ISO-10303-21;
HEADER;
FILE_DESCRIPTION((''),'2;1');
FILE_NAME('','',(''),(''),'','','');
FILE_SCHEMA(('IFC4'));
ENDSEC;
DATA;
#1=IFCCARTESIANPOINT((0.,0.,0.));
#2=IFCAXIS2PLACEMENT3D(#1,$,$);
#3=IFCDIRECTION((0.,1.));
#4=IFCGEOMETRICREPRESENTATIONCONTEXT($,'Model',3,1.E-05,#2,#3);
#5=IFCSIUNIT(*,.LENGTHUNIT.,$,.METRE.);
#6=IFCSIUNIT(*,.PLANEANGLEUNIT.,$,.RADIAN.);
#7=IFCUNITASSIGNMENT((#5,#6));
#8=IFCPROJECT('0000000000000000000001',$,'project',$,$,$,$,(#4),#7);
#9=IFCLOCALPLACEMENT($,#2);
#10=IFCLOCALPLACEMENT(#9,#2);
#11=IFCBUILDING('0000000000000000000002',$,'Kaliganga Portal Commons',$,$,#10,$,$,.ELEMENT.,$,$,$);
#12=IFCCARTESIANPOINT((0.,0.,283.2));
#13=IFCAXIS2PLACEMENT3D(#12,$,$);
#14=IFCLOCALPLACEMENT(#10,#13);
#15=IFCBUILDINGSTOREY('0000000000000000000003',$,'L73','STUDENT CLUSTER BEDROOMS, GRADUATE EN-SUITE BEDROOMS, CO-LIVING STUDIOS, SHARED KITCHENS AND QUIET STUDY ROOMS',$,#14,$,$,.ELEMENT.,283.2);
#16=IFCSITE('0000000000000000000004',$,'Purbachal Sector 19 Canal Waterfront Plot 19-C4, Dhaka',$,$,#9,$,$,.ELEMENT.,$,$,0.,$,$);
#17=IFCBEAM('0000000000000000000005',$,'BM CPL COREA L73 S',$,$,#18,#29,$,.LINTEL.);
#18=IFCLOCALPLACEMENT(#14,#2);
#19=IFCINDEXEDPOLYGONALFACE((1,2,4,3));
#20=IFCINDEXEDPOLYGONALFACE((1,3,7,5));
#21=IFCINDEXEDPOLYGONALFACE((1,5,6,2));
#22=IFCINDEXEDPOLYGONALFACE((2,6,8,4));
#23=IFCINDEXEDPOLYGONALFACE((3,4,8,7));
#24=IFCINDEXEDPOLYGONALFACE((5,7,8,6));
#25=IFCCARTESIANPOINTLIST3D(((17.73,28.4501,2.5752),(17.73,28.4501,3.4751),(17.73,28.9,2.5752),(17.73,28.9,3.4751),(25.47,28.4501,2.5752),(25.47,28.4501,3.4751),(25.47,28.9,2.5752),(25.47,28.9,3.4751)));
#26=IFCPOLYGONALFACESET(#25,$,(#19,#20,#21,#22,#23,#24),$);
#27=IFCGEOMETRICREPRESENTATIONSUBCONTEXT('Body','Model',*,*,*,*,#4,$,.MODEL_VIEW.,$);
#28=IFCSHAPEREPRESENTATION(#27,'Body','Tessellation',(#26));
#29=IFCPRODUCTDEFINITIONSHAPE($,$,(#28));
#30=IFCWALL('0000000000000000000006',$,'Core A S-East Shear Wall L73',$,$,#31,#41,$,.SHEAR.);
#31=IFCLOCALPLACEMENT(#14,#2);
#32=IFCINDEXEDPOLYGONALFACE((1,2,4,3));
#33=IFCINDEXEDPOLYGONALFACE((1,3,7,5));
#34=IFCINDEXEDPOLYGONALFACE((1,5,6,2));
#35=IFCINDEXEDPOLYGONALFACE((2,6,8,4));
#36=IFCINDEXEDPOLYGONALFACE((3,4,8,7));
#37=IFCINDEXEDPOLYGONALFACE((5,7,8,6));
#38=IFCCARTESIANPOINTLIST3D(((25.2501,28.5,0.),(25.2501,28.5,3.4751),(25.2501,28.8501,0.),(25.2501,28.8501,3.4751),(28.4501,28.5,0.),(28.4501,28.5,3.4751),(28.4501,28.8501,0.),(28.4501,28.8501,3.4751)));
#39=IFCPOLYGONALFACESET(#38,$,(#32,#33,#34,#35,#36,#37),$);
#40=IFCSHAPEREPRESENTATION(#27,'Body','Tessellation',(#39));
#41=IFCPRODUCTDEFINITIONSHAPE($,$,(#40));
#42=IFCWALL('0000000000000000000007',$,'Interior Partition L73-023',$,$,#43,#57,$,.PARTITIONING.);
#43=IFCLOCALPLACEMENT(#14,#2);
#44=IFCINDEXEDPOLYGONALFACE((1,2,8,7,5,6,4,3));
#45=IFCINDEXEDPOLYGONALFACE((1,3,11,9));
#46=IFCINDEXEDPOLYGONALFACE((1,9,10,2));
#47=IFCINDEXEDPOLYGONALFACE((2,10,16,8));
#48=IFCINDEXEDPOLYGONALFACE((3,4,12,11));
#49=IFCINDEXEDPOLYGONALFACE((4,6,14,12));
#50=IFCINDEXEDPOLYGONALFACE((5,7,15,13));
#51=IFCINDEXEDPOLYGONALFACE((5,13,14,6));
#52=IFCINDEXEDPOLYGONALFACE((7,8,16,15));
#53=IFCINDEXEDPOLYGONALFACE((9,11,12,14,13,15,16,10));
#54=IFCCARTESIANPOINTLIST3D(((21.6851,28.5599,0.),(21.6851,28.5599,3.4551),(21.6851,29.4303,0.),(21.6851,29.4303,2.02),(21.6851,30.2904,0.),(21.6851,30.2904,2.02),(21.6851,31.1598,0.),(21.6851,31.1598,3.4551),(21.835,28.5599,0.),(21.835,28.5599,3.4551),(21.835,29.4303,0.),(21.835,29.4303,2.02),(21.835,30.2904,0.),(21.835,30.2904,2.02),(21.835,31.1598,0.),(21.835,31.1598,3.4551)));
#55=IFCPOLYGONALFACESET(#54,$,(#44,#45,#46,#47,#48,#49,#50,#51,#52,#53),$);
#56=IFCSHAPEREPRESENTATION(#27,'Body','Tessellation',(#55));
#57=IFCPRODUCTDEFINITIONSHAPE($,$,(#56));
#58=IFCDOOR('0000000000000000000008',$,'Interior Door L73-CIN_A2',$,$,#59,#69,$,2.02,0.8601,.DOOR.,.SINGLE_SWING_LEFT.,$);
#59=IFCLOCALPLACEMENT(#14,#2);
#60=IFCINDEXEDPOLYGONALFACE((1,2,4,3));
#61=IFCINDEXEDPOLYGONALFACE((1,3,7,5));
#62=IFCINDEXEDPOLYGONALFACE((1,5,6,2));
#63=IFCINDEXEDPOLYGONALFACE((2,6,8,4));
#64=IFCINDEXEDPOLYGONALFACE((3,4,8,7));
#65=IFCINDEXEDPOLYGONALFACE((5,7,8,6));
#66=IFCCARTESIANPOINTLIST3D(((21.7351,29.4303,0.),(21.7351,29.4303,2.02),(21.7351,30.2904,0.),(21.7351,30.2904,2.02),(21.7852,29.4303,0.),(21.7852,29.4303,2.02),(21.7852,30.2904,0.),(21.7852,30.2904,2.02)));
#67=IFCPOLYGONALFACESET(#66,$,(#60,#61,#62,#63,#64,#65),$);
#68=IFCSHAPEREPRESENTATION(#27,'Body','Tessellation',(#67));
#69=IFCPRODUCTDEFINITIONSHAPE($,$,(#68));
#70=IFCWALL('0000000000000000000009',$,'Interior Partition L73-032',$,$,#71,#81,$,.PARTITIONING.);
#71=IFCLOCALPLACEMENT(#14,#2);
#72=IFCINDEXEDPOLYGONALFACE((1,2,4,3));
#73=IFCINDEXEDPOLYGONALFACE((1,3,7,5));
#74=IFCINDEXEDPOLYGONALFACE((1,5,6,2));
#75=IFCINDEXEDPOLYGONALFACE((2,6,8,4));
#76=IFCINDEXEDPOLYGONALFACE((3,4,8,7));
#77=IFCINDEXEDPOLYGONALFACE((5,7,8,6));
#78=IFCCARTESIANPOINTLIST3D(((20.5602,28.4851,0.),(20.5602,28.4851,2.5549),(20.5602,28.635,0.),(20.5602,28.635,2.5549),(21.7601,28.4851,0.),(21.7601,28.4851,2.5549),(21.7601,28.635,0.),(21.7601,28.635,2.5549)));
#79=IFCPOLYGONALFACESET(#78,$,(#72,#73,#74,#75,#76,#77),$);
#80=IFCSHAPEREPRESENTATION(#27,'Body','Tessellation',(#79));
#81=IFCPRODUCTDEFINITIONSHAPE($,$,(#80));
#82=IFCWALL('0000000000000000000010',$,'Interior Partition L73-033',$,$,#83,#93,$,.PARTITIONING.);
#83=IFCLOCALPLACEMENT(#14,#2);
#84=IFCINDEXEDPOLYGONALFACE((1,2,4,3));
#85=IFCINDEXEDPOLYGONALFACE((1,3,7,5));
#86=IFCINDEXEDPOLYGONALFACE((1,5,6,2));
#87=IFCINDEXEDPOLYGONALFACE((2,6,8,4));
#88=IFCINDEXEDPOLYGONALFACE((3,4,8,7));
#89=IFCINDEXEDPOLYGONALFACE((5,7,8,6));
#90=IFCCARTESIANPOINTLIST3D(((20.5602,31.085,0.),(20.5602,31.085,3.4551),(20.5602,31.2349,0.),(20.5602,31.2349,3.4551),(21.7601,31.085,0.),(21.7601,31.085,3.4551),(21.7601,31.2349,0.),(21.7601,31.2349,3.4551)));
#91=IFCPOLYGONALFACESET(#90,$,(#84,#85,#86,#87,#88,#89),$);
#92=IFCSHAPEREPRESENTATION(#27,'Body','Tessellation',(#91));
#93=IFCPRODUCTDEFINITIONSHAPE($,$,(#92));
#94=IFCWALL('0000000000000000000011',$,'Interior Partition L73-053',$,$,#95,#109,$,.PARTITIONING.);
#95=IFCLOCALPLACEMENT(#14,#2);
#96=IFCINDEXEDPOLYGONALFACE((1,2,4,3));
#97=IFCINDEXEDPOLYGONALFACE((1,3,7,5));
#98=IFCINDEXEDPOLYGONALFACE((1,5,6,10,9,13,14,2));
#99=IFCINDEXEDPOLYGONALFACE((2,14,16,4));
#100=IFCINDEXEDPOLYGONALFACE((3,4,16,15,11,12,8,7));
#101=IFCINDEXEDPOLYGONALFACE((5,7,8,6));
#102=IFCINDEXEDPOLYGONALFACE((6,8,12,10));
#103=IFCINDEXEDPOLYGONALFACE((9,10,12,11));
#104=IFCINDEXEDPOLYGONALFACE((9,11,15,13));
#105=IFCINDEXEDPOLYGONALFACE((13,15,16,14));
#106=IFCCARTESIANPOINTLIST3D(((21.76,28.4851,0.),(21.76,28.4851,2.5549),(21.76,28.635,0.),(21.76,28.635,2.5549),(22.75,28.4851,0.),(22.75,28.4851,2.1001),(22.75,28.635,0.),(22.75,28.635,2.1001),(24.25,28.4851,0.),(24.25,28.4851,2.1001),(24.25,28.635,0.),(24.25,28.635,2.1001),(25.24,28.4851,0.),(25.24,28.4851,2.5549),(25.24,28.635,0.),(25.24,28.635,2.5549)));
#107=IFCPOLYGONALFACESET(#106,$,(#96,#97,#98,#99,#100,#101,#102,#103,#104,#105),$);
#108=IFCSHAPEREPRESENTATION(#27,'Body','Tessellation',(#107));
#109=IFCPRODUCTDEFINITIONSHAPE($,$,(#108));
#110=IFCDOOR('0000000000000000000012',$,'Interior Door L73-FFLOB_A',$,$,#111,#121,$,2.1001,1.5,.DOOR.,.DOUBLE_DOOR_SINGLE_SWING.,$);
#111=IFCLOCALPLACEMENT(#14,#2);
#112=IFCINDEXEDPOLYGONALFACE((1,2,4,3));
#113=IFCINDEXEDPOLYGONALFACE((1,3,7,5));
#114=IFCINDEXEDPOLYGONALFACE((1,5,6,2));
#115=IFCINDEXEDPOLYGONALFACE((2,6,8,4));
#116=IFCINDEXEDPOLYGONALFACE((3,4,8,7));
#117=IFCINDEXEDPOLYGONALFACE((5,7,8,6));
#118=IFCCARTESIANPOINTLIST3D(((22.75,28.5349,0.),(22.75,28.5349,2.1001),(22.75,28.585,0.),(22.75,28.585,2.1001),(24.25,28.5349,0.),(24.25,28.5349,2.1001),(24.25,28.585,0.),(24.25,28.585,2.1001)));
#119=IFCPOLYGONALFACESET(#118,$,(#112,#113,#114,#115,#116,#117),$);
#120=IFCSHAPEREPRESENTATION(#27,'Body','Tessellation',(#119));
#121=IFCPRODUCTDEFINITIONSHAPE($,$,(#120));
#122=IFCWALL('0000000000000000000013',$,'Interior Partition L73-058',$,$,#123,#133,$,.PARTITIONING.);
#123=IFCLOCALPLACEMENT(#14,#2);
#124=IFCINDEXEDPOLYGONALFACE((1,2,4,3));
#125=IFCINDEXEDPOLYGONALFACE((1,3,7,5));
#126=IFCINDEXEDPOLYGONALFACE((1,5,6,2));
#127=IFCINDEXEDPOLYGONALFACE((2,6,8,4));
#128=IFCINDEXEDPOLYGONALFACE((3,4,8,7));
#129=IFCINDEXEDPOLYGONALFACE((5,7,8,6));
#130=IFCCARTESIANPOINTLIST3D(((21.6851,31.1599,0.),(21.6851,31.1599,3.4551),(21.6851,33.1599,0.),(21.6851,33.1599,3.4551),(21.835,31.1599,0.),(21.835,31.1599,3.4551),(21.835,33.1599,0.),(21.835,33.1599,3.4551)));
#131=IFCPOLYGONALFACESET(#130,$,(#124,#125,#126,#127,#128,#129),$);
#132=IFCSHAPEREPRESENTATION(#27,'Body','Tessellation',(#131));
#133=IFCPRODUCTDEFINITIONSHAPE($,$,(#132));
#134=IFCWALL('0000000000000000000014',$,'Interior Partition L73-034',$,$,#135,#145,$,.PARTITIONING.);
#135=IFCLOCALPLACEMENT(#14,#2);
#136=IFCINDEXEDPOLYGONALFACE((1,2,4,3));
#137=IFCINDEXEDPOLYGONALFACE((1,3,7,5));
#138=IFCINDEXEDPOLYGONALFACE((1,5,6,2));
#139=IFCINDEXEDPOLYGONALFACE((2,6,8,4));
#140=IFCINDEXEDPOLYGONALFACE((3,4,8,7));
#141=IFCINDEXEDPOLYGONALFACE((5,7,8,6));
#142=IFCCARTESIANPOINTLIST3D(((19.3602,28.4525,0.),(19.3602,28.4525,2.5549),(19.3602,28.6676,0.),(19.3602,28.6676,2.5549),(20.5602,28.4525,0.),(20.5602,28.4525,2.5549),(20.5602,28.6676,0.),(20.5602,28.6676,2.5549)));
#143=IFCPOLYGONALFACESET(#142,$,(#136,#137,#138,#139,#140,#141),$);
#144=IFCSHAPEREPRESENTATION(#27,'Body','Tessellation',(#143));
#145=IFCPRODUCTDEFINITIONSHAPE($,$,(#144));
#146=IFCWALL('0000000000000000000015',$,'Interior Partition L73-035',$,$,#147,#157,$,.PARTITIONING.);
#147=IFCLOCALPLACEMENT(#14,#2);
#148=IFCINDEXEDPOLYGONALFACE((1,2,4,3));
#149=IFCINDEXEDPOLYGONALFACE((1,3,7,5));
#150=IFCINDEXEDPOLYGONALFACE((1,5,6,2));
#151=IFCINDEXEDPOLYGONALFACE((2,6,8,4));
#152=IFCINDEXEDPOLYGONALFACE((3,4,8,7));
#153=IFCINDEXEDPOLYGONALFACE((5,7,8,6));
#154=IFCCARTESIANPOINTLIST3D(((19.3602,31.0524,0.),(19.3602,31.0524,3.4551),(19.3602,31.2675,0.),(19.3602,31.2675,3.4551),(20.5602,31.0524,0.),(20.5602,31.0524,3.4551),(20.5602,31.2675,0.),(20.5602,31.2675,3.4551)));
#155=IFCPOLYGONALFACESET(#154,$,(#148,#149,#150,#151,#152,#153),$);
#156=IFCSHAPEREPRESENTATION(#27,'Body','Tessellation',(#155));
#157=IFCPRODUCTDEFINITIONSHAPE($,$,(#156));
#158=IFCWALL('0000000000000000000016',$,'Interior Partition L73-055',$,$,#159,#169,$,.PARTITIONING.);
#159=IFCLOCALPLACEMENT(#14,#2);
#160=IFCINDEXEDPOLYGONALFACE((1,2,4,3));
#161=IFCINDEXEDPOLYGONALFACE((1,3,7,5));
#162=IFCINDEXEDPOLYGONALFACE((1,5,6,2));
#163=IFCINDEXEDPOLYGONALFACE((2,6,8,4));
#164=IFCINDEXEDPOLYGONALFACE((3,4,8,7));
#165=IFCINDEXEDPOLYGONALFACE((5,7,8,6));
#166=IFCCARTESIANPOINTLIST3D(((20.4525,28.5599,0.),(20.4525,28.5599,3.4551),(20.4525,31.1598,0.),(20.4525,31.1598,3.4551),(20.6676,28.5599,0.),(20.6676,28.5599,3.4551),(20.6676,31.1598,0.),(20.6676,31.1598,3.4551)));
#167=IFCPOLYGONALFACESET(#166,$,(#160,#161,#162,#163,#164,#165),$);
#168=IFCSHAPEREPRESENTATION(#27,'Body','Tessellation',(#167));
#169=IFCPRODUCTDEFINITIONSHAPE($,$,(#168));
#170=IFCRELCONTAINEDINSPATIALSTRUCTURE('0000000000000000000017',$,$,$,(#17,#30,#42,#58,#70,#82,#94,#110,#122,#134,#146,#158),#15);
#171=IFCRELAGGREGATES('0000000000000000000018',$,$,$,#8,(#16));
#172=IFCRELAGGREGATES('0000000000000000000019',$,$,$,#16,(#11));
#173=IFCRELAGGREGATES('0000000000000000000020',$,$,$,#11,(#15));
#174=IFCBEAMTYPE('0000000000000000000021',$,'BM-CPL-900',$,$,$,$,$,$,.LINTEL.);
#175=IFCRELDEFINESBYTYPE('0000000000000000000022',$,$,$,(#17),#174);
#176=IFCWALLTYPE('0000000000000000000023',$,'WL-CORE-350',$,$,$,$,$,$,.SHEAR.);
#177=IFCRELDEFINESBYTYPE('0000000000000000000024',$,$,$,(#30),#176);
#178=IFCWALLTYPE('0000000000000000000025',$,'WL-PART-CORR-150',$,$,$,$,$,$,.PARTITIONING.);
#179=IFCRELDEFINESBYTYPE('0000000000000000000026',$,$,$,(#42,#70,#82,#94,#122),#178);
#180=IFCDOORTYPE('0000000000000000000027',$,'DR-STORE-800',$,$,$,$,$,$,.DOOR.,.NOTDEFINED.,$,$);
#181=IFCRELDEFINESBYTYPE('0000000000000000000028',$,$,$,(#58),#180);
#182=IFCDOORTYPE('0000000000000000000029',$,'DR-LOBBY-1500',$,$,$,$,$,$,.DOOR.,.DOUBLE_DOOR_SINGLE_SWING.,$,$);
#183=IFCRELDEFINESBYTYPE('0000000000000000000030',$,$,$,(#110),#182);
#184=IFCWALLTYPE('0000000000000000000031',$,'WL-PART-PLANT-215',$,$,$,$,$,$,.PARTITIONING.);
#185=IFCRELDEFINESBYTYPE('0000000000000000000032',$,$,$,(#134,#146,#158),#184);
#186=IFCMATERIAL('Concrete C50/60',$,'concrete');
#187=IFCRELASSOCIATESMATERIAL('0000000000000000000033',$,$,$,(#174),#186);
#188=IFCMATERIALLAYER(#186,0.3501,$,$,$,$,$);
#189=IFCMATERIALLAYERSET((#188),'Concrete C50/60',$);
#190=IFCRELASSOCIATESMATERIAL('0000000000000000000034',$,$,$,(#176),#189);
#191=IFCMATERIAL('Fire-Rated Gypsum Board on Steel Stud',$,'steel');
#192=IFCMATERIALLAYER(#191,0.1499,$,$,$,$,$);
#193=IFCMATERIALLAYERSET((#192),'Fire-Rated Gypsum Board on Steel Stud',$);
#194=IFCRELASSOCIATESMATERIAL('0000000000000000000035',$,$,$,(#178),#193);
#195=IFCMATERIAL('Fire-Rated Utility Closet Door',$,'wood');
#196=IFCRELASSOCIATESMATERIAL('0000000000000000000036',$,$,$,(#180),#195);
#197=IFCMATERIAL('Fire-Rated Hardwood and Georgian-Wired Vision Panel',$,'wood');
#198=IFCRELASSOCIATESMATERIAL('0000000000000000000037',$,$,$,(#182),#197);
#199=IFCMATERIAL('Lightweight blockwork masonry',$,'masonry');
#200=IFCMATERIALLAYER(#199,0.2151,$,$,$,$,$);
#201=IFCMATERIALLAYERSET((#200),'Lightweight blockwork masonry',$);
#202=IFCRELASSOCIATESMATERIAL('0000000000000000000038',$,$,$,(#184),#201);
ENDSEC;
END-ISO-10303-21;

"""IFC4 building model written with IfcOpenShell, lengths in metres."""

from ifc_helpers import new_model, si_unit, direction, frame, frame_2d, origin, origin_2d, place, context, subcontext, project, spatial, rectangle, extrude, source, transform, mapped, material, layer, layer_set, material_profile, profile_set, type_object, element, fill, save


model = new_model("IFC4")

# Units and contexts
model_context = context("Model", 3, precision=1e-05, world=origin(), true_north=direction((0.0, 1.0)))
body_context = subcontext(model_context, "Body", "Model", "MODEL_VIEW")
ifc_project = project(units=[si_unit("LENGTHUNIT", "METRE"), si_unit("PLANEANGLEUNIT", "RADIAN")], contexts=[model_context])

# Site, building, storey
site_placement = place(None, origin())
site = spatial("IfcSite", under=ifc_project, at=site_placement, Name="Purbachal Sector 19 Canal Waterfront Plot 19-C4, Dhaka", CompositionType="ELEMENT", RefElevation=0.0)
building_placement = place(site_placement, origin())
building = spatial("IfcBuilding", under=site, at=building_placement, Name="Kaliganga Portal Commons", CompositionType="ELEMENT")
storey_placement = place(building_placement, frame((0.0, 0.0, 283.2)))
storey = spatial("IfcBuildingStorey", under=building, at=storey_placement, Name="L73", Description="STUDENT CLUSTER BEDROOMS, GRADUATE EN-SUITE BEDROOMS, CO-LIVING STUDIOS, SHARED KITCHENS AND QUIET STUDY ROOMS", CompositionType="ELEMENT", Elevation=283.2)

# Beam
ifc_material_1 = material(Name="Concrete C50/60", Category="concrete")
ifc_material_profile = material_profile(ifc_material_1, rectangle(XDim=0.45, YDim=0.8999, at=origin_2d()), Name="RC 450x900")
ifc_profile_set = profile_set([ifc_material_profile], Name="Concrete C50/60")
beam_type = type_object("IfcBeamType", Name="BM-CPL-900", PredefinedType="LINTEL", material=ifc_profile_set)
shared_shape_1 = source(origin(), body_context, "Body", "SweptSolid", [
    extrude(rectangle(XDim=0.45, YDim=0.8999, at=origin_2d()), origin(), (0.0, 0.0, 1.0), 7.74),
])
beam_placement = place(storey_placement, frame((17.73, 28.675, 3.0251), z_axis=(1.0, 0.0, 0.0), x_axis=(0.0, 1.0, 0.0)))
element("IfcBeam", 1, at=beam_placement, inside=storey, type_object=beam_type, Name="BM CPL COREA L73 S", PredefinedType="LINTEL", context=body_context, shape_type="MappedRepresentation", body=[
    mapped(shared_shape_1, transform((0.0, 0.0, 0.0), x_axis=(1.0, 0.0, 0.0), y_axis=(0.0, 1.0, 0.0), z_axis=(0.0, 0.0, 1.0), scale=1.0)),
])

# Wall
ifc_layer_1 = layer(ifc_material_1, 0.3501)
ifc_layer_set_1 = layer_set([ifc_layer_1], Name="Concrete C50/60")
wall_type_1 = type_object("IfcWallType", Name="WL-CORE-350", PredefinedType="SHEAR", material=ifc_layer_set_1)
wall_1_placement = place(storey_placement, frame((25.25, 28.675, 0.0), z_axis=(0.0, 0.0, 1.0), x_axis=(1.0, 0.0, 0.0)))
element("IfcWall", 2, at=wall_1_placement, inside=storey, type_object=wall_type_1, Name="Core A S-East Shear Wall L73", PredefinedType="SHEAR", context=body_context, shape_type="SweptSolid", body=[
    extrude(rectangle(XDim=3.2, YDim=0.3501, at=frame_2d((1.6001, 0.0))), origin(), (0.0, 0.0, 1.0), 3.4751),
])

# Wall, opening, door
ifc_material_2 = material(Name="Fire-Rated Gypsum Board on Steel Stud", Category="steel")
ifc_layer_2 = layer(ifc_material_2, 0.1499)
ifc_layer_set_2 = layer_set([ifc_layer_2], Name="Fire-Rated Gypsum Board on Steel Stud")
wall_type_2 = type_object("IfcWallType", Name="WL-PART-CORR-150", PredefinedType="PARTITIONING", material=ifc_layer_set_2)
wall_2_placement = place(storey_placement, frame((21.76, 28.5601, 0.0), z_axis=(0.0, 0.0, 1.0), x_axis=(0.0, 1.0, 0.0)))
wall_2 = element("IfcWall", 3, at=wall_2_placement, inside=storey, type_object=wall_type_2, Name="Interior Partition L73-023", PredefinedType="PARTITIONING", context=body_context, shape_type="SweptSolid", body=[
    extrude(rectangle(XDim=2.5999, YDim=0.1499, at=frame_2d((1.2998, 0.0))), origin(), (0.0, 0.0, 1.0), 3.4551),
])
opening_1_placement = place(wall_2_placement, frame((0.8701, 0.0, 0.0)))
opening_1 = element("IfcOpeningElement", 4, at=opening_1_placement, cuts=wall_2, PredefinedType="OPENING", context=body_context, shape_type="SweptSolid", body=[
    extrude(rectangle(XDim=0.8601, YDim=2.02, at=frame_2d((0.4302, 1.01))), frame((0.0, 0.085, 0.0), z_axis=(0.0, -1.0, 0.0), x_axis=(1.0, 0.0, 0.0)), (0.0, 0.0, 1.0), 0.1699),
])
ifc_material_3 = material(Name="Fire-Rated Utility Closet Door", Category="wood")
door_type_1 = type_object("IfcDoorType", Name="DR-STORE-800", OperationType="NOTDEFINED", PredefinedType="DOOR", material=ifc_material_3)
door_1_placement = place(opening_1_placement, origin())
door_1 = element("IfcDoor", 5, at=door_1_placement, inside=storey, type_object=door_type_1, Name="Interior Door L73-CIN_A2", OperationType="SINGLE_SWING_LEFT", OverallHeight=2.02, OverallWidth=0.8601, PredefinedType="DOOR", context=body_context, shape_type="SweptSolid", body=[
    extrude(rectangle(XDim=0.8601, YDim=2.02, at=frame_2d((0.4302, 1.01))), frame((0.0, 0.0249, 0.0), z_axis=(0.0, -1.0, 0.0), x_axis=(1.0, 0.0, 0.0)), (0.0, 0.0, 1.0), 0.05),
])
fill(opening_1, door_1)

# Walls
wall_3_placement = place(storey_placement, frame((20.5601, 28.5601, 0.0), z_axis=(0.0, 0.0, 1.0), x_axis=(1.0, 0.0, 0.0)))
element("IfcWall", 6, at=wall_3_placement, inside=storey, type_object=wall_type_2, Name="Interior Partition L73-032", PredefinedType="PARTITIONING", context=body_context, shape_type="SweptSolid", body=[
    extrude(rectangle(XDim=1.2, YDim=0.1499, at=frame_2d((0.6001, 0.0))), origin(), (0.0, 0.0, 1.0), 2.5549),
])
wall_4_placement = place(storey_placement, frame((20.5601, 31.1599, 0.0), z_axis=(0.0, 0.0, 1.0), x_axis=(1.0, 0.0, 0.0)))
element("IfcWall", 7, at=wall_4_placement, inside=storey, type_object=wall_type_2, Name="Interior Partition L73-033", PredefinedType="PARTITIONING", context=body_context, shape_type="SweptSolid", body=[
    extrude(rectangle(XDim=1.2, YDim=0.1499, at=frame_2d((0.6001, 0.0))), origin(), (0.0, 0.0, 1.0), 3.4551),
])

# Wall, opening, door
wall_5_placement = place(storey_placement, frame((21.76, 28.5601, 0.0), z_axis=(0.0, 0.0, 1.0), x_axis=(1.0, 0.0, 0.0)))
wall_5 = element("IfcWall", 8, at=wall_5_placement, inside=storey, type_object=wall_type_2, Name="Interior Partition L73-053", PredefinedType="PARTITIONING", context=body_context, shape_type="SweptSolid", body=[
    extrude(rectangle(XDim=3.48, YDim=0.1499, at=frame_2d((1.74, 0.0))), origin(), (0.0, 0.0, 1.0), 2.5549),
])
opening_2_placement = place(wall_5_placement, frame((0.99, 0.0, 0.0)))
opening_2 = element("IfcOpeningElement", 9, at=opening_2_placement, cuts=wall_5, PredefinedType="OPENING", context=body_context, shape_type="SweptSolid", body=[
    extrude(rectangle(XDim=1.5, YDim=2.1001, at=frame_2d((0.75, 1.05))), frame((0.0, 0.085, 0.0), z_axis=(0.0, -1.0, 0.0), x_axis=(1.0, 0.0, 0.0)), (0.0, 0.0, 1.0), 0.1699),
])
ifc_material_4 = material(Name="Fire-Rated Hardwood and Georgian-Wired Vision Panel", Category="wood")
door_type_2 = type_object("IfcDoorType", Name="DR-LOBBY-1500", OperationType="DOUBLE_DOOR_SINGLE_SWING", PredefinedType="DOOR", material=ifc_material_4)
door_2_placement = place(opening_2_placement, origin())
door_2 = element("IfcDoor", 10, at=door_2_placement, inside=storey, type_object=door_type_2, Name="Interior Door L73-FFLOB_A", OperationType="DOUBLE_DOOR_SINGLE_SWING", OverallHeight=2.1001, OverallWidth=1.5, PredefinedType="DOOR", context=body_context, shape_type="SweptSolid", body=[
    extrude(rectangle(XDim=1.5, YDim=2.1001, at=frame_2d((0.75, 1.05))), frame((0.0, 0.0249, 0.0), z_axis=(0.0, -1.0, 0.0), x_axis=(1.0, 0.0, 0.0)), (0.0, 0.0, 1.0), 0.05),
])
fill(opening_2, door_2)

# Wall
wall_6_placement = place(storey_placement, frame((21.76, 31.1599, 0.0), z_axis=(0.0, 0.0, 1.0), x_axis=(0.0, 1.0, 0.0)))
element("IfcWall", 11, at=wall_6_placement, inside=storey, type_object=wall_type_2, Name="Interior Partition L73-058", PredefinedType="PARTITIONING", context=body_context, shape_type="SweptSolid", body=[
    extrude(rectangle(XDim=2.0, YDim=0.1499, at=frame_2d((1.0, 0.0))), origin(), (0.0, 0.0, 1.0), 3.4551),
])

# Shared definitions
ifc_material_5 = material(Name="Lightweight blockwork masonry", Category="masonry")
ifc_layer_3 = layer(ifc_material_5, 0.2151)
ifc_layer_set_3 = layer_set([ifc_layer_3], Name="Lightweight blockwork masonry")
wall_type_3 = type_object("IfcWallType", Name="WL-PART-PLANT-215", PredefinedType="PARTITIONING", material=ifc_layer_set_3)

# Walls
wall_7_placement = place(storey_placement, frame((19.3601, 28.5601, 0.0), z_axis=(0.0, 0.0, 1.0), x_axis=(1.0, 0.0, 0.0)))
element("IfcWall", 12, at=wall_7_placement, inside=storey, type_object=wall_type_3, Name="Interior Partition L73-034", PredefinedType="PARTITIONING", context=body_context, shape_type="SweptSolid", body=[
    extrude(rectangle(XDim=1.2, YDim=0.2151, at=frame_2d((0.6001, 0.0))), origin(), (0.0, 0.0, 1.0), 2.5549),
])
wall_8_placement = place(storey_placement, frame((19.3601, 31.1599, 0.0), z_axis=(0.0, 0.0, 1.0), x_axis=(1.0, 0.0, 0.0)))
element("IfcWall", 13, at=wall_8_placement, inside=storey, type_object=wall_type_3, Name="Interior Partition L73-035", PredefinedType="PARTITIONING", context=body_context, shape_type="SweptSolid", body=[
    extrude(rectangle(XDim=1.2, YDim=0.2151, at=frame_2d((0.6001, 0.0))), origin(), (0.0, 0.0, 1.0), 3.4551),
])
wall_9_placement = place(storey_placement, frame((20.5601, 28.5601, 0.0), z_axis=(0.0, 0.0, 1.0), x_axis=(0.0, 1.0, 0.0)))
element("IfcWall", 14, at=wall_9_placement, inside=storey, type_object=wall_type_3, Name="Interior Partition L73-055", PredefinedType="PARTITIONING", context=body_context, shape_type="SweptSolid", body=[
    extrude(rectangle(XDim=2.5999, YDim=0.2151, at=frame_2d((1.2998, 0.0))), origin(), (0.0, 0.0, 1.0), 3.4551),
])

save(model, "model.ifc")
